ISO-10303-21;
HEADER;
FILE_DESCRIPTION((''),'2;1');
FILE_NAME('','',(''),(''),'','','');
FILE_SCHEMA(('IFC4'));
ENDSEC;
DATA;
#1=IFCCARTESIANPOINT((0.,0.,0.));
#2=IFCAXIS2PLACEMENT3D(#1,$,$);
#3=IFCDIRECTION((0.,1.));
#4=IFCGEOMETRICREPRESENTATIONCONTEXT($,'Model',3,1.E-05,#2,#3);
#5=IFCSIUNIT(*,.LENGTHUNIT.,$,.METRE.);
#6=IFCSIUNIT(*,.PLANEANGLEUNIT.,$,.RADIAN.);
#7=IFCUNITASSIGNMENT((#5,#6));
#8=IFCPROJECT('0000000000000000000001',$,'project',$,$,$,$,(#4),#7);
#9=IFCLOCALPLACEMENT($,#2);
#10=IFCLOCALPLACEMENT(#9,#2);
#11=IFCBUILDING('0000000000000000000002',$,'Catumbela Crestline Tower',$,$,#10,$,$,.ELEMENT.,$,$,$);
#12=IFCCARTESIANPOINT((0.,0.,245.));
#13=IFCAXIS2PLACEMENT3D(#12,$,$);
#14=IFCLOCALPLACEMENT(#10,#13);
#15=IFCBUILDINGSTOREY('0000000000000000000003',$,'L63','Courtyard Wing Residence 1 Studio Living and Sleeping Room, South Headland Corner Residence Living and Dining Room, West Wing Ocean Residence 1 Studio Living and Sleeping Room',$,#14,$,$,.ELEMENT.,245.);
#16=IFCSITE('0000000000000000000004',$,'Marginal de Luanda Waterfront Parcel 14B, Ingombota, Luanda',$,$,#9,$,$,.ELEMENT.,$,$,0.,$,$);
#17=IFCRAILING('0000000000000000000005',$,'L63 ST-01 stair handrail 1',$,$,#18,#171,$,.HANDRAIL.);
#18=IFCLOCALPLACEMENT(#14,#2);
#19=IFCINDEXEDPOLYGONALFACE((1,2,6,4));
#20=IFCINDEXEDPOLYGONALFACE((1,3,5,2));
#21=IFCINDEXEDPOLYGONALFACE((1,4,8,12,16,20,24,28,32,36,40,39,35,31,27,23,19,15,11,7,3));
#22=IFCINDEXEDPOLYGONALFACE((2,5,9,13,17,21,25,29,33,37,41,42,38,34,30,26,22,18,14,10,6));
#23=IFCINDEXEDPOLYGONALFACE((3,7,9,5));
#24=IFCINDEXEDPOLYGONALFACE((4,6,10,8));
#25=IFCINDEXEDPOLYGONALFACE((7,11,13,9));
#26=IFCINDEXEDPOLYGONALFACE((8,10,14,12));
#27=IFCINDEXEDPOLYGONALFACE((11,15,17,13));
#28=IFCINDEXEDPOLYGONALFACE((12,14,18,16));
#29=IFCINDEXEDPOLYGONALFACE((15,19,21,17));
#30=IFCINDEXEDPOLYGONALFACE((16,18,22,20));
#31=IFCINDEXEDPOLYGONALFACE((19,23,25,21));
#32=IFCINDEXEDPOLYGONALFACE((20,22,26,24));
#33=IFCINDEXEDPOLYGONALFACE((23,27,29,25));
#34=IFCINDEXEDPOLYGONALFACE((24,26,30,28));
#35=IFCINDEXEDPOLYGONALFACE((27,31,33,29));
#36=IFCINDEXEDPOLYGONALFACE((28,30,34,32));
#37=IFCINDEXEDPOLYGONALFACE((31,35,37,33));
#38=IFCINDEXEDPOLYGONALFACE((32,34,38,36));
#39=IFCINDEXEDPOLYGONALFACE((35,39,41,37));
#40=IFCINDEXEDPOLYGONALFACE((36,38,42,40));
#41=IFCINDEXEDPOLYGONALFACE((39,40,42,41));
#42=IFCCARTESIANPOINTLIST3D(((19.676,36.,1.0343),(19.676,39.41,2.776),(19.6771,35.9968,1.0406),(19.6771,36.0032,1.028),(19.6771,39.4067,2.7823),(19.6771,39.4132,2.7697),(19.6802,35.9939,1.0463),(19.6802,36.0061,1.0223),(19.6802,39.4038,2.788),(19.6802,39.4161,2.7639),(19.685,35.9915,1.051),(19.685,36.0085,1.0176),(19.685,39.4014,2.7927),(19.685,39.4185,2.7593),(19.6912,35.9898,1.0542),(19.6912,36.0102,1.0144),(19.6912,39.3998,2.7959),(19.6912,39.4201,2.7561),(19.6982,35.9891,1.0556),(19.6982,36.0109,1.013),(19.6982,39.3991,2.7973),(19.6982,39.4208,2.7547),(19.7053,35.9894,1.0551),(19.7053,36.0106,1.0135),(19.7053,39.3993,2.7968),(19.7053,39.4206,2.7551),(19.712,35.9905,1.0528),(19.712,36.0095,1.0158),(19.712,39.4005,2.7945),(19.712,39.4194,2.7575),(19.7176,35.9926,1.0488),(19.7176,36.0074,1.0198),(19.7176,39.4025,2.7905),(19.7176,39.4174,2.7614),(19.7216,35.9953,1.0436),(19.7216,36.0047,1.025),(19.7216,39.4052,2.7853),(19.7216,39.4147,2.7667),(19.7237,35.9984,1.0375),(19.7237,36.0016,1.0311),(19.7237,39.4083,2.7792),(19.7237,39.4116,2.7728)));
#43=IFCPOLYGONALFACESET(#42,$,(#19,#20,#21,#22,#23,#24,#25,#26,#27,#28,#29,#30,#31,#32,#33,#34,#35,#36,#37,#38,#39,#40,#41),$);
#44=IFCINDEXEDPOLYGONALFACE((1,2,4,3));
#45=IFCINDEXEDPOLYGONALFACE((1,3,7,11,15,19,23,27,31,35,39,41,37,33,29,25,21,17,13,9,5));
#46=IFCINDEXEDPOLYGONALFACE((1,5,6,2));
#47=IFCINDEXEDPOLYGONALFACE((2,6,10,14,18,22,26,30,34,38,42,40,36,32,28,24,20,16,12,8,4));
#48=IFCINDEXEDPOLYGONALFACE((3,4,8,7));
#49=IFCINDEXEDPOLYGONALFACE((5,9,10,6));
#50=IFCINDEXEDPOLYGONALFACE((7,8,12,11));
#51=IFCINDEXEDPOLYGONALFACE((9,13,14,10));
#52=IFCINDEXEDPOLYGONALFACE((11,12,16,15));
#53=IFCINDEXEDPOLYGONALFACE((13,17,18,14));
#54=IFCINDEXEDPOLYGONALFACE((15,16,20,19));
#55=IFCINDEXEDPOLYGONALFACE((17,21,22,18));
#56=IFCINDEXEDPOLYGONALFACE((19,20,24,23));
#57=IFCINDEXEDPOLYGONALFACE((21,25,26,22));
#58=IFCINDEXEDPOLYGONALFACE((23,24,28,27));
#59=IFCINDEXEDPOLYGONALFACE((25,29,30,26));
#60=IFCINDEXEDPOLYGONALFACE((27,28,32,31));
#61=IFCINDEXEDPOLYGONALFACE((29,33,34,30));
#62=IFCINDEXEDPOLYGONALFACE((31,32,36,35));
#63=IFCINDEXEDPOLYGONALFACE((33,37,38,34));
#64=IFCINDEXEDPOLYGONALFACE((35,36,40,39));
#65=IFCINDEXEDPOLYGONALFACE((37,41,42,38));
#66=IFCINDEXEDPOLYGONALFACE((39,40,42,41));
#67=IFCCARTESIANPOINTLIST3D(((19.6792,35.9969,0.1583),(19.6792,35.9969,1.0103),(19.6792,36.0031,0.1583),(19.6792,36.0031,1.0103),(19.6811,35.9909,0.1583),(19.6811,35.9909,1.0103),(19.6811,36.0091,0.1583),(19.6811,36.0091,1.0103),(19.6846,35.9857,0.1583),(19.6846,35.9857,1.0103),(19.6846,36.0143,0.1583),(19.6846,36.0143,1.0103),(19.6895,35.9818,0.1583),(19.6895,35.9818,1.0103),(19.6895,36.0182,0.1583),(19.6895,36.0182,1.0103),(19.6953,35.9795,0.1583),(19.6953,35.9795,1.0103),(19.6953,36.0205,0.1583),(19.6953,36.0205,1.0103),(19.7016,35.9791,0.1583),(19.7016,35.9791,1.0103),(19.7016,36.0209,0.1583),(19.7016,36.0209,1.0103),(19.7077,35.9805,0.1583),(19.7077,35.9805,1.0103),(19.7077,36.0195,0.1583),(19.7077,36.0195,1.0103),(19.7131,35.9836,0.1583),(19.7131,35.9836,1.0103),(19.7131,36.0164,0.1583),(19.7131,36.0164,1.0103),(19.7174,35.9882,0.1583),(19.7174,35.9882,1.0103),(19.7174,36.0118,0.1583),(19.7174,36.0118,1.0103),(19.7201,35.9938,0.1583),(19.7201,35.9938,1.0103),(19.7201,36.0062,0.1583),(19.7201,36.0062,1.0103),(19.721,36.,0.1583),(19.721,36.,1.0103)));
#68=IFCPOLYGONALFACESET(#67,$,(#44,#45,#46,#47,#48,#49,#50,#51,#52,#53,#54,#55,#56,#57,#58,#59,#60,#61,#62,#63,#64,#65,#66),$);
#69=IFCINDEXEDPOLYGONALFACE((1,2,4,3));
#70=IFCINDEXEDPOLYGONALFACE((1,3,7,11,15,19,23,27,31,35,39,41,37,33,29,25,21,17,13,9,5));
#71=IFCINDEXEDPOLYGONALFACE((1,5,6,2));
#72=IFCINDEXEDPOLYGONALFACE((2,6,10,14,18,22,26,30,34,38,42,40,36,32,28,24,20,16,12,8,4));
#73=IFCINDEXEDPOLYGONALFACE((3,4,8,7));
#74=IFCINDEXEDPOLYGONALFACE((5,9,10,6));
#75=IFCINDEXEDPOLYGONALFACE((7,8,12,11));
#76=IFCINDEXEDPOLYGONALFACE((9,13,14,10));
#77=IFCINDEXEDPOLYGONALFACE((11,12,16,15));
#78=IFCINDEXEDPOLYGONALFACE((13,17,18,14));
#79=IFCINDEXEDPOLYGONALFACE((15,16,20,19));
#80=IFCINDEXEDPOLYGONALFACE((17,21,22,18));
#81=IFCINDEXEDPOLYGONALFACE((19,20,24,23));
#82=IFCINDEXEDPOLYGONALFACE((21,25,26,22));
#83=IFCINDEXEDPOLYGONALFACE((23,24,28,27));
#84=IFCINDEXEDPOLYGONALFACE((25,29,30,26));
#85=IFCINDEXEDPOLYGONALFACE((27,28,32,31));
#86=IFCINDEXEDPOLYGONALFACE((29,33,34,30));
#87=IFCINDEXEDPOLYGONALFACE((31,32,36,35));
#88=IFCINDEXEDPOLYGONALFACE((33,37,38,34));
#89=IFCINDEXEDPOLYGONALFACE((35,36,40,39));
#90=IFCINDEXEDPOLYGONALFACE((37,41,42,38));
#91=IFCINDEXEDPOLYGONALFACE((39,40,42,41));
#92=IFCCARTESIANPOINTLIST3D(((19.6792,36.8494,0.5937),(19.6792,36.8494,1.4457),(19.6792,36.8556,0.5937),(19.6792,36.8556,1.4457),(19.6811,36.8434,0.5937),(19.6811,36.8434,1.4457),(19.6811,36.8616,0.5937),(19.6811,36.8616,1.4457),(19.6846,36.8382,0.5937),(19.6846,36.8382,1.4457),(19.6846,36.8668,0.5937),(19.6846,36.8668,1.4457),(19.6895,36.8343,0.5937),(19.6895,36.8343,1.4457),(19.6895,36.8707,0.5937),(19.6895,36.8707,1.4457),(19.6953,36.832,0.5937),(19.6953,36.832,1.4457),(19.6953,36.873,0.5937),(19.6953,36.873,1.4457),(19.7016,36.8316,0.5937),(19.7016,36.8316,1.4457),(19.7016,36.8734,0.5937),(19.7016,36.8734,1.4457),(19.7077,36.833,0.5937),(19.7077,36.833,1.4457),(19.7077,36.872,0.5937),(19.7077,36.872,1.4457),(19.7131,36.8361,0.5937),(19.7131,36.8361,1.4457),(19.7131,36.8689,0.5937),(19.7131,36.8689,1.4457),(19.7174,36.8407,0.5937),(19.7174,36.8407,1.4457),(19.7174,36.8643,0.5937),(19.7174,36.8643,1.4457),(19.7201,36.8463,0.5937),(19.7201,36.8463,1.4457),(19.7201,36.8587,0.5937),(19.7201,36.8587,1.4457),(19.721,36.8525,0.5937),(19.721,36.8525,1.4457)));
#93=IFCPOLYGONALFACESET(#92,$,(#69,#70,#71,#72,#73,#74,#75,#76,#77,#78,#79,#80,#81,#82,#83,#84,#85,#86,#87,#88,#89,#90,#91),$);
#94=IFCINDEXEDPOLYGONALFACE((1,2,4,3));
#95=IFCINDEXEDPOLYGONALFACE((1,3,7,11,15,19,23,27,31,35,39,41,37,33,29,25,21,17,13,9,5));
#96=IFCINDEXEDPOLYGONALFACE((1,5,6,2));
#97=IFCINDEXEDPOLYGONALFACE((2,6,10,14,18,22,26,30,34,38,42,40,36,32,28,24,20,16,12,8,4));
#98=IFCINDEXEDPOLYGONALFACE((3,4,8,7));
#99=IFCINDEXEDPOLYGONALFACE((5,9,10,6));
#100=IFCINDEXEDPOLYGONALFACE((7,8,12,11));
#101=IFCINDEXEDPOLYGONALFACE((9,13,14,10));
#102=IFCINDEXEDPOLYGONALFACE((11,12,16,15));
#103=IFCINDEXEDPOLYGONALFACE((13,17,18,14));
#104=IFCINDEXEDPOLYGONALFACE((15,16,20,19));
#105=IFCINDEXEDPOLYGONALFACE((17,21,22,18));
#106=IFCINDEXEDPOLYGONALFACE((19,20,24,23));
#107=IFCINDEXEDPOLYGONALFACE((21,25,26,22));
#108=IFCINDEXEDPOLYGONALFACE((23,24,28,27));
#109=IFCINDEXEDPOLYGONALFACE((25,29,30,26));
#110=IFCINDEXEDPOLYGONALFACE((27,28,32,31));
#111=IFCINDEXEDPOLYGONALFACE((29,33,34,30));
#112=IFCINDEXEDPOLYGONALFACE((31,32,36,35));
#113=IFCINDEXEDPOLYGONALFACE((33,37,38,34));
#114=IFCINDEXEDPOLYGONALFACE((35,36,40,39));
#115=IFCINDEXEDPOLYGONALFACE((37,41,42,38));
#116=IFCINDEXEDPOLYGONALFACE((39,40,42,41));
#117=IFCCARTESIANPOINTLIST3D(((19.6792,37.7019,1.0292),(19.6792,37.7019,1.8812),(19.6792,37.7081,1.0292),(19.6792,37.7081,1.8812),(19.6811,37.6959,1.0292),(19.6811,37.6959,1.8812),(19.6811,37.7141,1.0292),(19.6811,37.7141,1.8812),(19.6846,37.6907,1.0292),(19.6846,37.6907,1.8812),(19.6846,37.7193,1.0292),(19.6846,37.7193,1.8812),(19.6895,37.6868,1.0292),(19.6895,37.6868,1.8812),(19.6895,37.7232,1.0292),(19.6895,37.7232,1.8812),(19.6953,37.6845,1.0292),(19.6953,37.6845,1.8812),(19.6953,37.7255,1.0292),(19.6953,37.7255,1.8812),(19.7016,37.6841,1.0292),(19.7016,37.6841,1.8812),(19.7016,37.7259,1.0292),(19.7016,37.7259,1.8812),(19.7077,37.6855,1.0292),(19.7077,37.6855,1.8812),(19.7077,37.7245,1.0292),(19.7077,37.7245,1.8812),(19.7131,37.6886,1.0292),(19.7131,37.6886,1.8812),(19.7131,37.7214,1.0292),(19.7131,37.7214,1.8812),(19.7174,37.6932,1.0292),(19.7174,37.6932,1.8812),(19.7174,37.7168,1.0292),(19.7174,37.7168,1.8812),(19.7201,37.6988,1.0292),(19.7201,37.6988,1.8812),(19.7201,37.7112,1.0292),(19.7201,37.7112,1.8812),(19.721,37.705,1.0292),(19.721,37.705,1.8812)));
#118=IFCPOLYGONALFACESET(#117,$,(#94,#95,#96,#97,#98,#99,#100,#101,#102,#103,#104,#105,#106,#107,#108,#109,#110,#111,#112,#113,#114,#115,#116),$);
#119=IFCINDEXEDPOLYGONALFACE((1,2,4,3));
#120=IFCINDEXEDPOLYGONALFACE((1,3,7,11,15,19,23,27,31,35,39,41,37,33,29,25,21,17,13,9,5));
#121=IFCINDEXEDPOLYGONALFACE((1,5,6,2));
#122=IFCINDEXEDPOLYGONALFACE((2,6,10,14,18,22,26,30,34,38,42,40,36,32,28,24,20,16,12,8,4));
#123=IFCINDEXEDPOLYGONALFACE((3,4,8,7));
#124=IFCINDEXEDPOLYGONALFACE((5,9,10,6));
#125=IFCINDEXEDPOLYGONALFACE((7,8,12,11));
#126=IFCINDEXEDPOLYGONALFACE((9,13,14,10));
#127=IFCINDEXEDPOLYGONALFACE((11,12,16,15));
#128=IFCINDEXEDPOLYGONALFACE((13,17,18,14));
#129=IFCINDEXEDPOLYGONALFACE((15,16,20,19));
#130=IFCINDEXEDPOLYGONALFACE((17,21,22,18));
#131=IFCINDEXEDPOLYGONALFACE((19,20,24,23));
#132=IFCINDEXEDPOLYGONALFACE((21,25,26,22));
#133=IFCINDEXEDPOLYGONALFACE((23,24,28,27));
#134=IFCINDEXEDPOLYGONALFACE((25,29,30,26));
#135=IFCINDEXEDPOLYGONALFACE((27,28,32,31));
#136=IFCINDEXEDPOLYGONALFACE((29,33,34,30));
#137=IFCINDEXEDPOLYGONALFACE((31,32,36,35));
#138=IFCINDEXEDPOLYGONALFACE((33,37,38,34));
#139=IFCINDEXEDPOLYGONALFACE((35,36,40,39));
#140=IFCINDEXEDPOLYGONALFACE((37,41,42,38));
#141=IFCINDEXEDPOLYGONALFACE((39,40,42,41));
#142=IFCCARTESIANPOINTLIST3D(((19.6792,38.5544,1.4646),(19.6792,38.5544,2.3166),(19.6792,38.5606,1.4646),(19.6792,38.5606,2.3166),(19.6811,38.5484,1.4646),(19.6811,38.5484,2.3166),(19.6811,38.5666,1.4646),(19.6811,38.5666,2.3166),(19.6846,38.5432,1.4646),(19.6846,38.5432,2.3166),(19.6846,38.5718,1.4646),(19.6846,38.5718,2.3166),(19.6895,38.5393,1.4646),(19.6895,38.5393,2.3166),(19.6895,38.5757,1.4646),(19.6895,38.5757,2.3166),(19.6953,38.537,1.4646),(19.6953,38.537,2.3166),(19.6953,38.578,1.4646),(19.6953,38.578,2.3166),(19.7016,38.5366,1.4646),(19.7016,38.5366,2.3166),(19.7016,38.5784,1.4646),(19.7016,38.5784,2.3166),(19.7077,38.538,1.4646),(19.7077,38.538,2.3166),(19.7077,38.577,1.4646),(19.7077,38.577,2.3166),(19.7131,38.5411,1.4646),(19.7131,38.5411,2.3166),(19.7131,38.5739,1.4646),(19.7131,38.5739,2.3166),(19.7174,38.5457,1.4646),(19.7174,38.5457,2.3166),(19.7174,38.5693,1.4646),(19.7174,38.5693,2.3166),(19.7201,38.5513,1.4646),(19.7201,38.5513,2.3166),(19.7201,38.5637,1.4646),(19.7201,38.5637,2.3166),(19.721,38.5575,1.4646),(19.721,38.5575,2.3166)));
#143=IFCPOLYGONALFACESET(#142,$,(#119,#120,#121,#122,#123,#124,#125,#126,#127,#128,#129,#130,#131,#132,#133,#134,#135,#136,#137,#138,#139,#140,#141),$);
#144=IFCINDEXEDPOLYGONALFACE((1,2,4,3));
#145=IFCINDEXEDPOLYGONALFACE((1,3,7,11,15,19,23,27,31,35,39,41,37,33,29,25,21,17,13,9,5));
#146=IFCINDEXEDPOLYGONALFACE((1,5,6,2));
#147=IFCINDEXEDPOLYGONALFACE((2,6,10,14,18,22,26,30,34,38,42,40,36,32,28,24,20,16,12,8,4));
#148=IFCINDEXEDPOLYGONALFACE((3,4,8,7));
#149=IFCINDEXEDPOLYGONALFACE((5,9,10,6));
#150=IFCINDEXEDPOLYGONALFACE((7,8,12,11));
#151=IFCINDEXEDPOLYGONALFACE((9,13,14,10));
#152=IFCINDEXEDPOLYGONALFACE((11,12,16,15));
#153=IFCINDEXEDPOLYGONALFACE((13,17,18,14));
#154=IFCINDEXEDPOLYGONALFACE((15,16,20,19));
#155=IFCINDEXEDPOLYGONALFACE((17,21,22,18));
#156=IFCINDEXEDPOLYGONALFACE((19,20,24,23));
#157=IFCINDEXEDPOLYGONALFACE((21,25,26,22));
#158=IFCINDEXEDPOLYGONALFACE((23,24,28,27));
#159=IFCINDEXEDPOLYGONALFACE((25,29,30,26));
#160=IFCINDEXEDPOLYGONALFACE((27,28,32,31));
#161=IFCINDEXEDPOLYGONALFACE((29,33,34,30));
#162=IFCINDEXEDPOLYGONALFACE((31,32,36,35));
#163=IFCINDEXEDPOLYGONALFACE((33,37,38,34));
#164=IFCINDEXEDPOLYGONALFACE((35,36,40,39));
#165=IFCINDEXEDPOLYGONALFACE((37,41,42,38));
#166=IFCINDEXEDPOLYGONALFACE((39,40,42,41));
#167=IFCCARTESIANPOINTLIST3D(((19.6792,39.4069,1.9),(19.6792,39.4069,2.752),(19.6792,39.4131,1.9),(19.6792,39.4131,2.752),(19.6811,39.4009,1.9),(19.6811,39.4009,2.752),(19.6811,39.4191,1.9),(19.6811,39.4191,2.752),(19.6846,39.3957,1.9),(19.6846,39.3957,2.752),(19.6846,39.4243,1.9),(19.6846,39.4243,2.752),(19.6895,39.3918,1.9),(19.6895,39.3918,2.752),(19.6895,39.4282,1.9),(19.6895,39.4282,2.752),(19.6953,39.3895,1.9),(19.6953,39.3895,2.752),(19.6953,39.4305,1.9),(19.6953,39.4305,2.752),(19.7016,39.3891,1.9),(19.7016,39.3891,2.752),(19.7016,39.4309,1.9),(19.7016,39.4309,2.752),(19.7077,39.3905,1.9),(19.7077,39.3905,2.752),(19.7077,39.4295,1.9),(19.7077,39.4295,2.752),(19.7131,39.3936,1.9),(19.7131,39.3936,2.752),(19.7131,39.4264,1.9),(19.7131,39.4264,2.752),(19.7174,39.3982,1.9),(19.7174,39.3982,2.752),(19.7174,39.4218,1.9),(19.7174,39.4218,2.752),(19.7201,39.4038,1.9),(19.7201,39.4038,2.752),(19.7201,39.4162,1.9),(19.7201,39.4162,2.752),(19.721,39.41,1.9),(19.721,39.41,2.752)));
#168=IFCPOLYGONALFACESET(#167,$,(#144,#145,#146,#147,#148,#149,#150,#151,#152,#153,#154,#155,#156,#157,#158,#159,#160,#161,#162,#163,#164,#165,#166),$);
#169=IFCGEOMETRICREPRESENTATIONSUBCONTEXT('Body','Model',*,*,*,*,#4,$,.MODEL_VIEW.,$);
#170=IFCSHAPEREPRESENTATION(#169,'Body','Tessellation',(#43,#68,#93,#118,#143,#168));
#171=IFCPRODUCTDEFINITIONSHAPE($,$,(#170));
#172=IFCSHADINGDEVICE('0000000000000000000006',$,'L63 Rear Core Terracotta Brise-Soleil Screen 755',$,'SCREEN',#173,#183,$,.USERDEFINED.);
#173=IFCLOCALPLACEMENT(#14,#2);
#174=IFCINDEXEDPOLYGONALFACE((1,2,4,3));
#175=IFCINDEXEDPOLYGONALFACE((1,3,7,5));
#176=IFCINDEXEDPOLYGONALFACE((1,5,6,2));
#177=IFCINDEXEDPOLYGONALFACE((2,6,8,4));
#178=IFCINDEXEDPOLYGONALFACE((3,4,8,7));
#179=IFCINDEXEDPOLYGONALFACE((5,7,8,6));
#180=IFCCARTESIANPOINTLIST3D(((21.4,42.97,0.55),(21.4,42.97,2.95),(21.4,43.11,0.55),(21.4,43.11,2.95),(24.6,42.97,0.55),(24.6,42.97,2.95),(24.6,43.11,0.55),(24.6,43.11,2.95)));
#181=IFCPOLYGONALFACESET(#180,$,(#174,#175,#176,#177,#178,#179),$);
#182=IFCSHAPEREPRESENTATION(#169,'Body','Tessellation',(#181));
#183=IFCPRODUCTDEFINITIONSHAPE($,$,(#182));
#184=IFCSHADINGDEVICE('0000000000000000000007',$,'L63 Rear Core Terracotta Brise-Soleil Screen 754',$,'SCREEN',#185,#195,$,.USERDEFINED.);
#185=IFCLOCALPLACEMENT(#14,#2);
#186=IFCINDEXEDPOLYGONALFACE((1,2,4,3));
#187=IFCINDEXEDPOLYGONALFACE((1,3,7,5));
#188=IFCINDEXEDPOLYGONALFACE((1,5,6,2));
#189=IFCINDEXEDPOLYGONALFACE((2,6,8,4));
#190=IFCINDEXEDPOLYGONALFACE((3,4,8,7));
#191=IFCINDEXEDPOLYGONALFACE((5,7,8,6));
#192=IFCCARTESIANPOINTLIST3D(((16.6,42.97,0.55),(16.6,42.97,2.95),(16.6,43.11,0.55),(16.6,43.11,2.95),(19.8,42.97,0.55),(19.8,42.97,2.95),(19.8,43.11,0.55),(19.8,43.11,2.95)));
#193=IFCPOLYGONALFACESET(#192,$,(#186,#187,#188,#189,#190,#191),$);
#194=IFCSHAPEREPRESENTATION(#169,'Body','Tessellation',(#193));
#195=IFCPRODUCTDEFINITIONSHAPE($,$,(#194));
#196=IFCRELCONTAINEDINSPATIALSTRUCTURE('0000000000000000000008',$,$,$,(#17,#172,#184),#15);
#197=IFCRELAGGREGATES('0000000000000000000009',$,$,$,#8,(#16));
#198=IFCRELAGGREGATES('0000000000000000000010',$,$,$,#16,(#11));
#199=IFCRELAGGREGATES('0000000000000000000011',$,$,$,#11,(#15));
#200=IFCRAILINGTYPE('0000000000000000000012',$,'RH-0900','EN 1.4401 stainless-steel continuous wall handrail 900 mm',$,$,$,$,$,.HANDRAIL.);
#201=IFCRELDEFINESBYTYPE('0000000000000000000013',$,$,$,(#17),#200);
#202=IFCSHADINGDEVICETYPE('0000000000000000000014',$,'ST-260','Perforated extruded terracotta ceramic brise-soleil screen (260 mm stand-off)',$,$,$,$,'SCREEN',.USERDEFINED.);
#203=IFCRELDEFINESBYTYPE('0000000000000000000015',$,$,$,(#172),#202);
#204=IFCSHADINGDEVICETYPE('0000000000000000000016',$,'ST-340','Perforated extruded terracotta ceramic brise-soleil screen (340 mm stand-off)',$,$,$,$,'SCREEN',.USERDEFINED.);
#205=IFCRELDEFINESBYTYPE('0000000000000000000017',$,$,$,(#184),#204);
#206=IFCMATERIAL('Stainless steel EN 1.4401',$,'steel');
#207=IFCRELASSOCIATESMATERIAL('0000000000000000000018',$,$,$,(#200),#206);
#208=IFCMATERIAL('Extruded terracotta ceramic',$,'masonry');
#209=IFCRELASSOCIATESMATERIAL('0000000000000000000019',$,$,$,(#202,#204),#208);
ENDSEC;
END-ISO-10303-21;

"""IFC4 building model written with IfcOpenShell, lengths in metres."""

from ifc_helpers import new_model, si_unit, direction, frame, origin, origin_2d, place, context, subcontext, project, spatial, rectangle, circle, extrude, material, type_object, element, save


model = new_model("IFC4")

# Units and contexts
model_context = context("Model", 3, precision=1e-05, world=origin(), true_north=direction((0.0, 1.0)))
body_context = subcontext(model_context, "Body", "Model", "MODEL_VIEW")
ifc_project = project(units=[si_unit("LENGTHUNIT", "METRE"), si_unit("PLANEANGLEUNIT", "RADIAN")], contexts=[model_context])

# Site, building, storey
site_placement = place(None, origin())
site = spatial("IfcSite", under=ifc_project, at=site_placement, Name="Marginal de Luanda Waterfront Parcel 14B, Ingombota, Luanda", CompositionType="ELEMENT", RefElevation=0.0)
building_placement = place(site_placement, origin())
building = spatial("IfcBuilding", under=site, at=building_placement, Name="Catumbela Crestline Tower", CompositionType="ELEMENT")
storey_placement = place(building_placement, frame((0.0, 0.0, 245.0)))
storey = spatial("IfcBuildingStorey", under=building, at=storey_placement, Name="L63", Description="Courtyard Wing Residence 1 Studio Living and Sleeping Room, South Headland Corner Residence Living and Dining Room, West Wing Ocean Residence 1 Studio Living and Sleeping Room", CompositionType="ELEMENT", Elevation=245.0)

# Shared definitions
ifc_material_1 = material(Name="Stainless steel EN 1.4401", Category="steel")

# Railing
railing_type_1 = type_object("IfcRailingType", Name="RH-0900", Description="EN 1.4401 stainless-steel continuous wall handrail 900 mm", PredefinedType="HANDRAIL", material=ifc_material_1)
railing_1_placement = place(storey_placement, frame((19.7, 36.0, 0.1583)))
element("IfcRailing", 1, at=railing_1_placement, inside=storey, type_object=railing_type_1, Name="L63 ST-01 stair handrail 1", PredefinedType="HANDRAIL", context=body_context, shape_type="SweptSolid", body=[
    extrude(circle(Radius=0.024, at=origin_2d()), frame((0.0, 0.0, 0.876), z_axis=(0.0, 0.89056, 0.454865), x_axis=(-1.0, 0.0, 0.0)), (0.0, 0.0, 1.0), 3.829),
    extrude(circle(Radius=0.021, at=origin_2d()), origin(), (0.0, 0.0, 1.0), 0.852),
    extrude(circle(Radius=0.021, at=origin_2d()), frame((0.0, 0.8525, 0.4354)), (0.0, 0.0, 1.0), 0.852),
    extrude(circle(Radius=0.021, at=origin_2d()), frame((0.0, 1.705, 0.8709)), (0.0, 0.0, 1.0), 0.852),
    extrude(circle(Radius=0.021, at=origin_2d()), frame((0.0, 2.5575, 1.3063)), (0.0, 0.0, 1.0), 0.852),
    extrude(circle(Radius=0.021, at=origin_2d()), frame((0.0, 3.41, 1.7417)), (0.0, 0.0, 1.0), 0.852),
])

# Shading devices
ifc_material_2 = material(Name="Extruded terracotta ceramic", Category="masonry")
shading_device_type_1 = type_object("IfcShadingDeviceType", Name="ST-260", Description="Perforated extruded terracotta ceramic brise-soleil screen (260 mm stand-off)", ElementType="SCREEN", PredefinedType="USERDEFINED", material=ifc_material_2)
shading_device_1_placement = place(storey_placement, frame((23.0, 43.04, 0.55), z_axis=(0.0, 0.0, 1.0), x_axis=(1.0, 0.0, 0.0)))
element("IfcShadingDevice", 2, at=shading_device_1_placement, inside=storey, type_object=shading_device_type_1, Name="L63 Rear Core Terracotta Brise-Soleil Screen 755", ObjectType="SCREEN", PredefinedType="USERDEFINED", context=body_context, shape_type="SweptSolid", body=[
    extrude(rectangle(XDim=3.2, YDim=0.14, at=origin_2d()), origin(), (0.0, 0.0, 1.0), 2.4),
])
shading_device_type_2 = type_object("IfcShadingDeviceType", Name="ST-340", Description="Perforated extruded terracotta ceramic brise-soleil screen (340 mm stand-off)", ElementType="SCREEN", PredefinedType="USERDEFINED", material=ifc_material_2)
shading_device_2_placement = place(storey_placement, frame((18.2, 43.04, 0.55), z_axis=(0.0, 0.0, 1.0), x_axis=(1.0, 0.0, 0.0)))
element("IfcShadingDevice", 3, at=shading_device_2_placement, inside=storey, type_object=shading_device_type_2, Name="L63 Rear Core Terracotta Brise-Soleil Screen 754", ObjectType="SCREEN", PredefinedType="USERDEFINED", context=body_context, shape_type="SweptSolid", body=[
    extrude(rectangle(XDim=3.2, YDim=0.14, at=origin_2d()), origin(), (0.0, 0.0, 1.0), 2.4),
])

save(model, "model.ifc")
